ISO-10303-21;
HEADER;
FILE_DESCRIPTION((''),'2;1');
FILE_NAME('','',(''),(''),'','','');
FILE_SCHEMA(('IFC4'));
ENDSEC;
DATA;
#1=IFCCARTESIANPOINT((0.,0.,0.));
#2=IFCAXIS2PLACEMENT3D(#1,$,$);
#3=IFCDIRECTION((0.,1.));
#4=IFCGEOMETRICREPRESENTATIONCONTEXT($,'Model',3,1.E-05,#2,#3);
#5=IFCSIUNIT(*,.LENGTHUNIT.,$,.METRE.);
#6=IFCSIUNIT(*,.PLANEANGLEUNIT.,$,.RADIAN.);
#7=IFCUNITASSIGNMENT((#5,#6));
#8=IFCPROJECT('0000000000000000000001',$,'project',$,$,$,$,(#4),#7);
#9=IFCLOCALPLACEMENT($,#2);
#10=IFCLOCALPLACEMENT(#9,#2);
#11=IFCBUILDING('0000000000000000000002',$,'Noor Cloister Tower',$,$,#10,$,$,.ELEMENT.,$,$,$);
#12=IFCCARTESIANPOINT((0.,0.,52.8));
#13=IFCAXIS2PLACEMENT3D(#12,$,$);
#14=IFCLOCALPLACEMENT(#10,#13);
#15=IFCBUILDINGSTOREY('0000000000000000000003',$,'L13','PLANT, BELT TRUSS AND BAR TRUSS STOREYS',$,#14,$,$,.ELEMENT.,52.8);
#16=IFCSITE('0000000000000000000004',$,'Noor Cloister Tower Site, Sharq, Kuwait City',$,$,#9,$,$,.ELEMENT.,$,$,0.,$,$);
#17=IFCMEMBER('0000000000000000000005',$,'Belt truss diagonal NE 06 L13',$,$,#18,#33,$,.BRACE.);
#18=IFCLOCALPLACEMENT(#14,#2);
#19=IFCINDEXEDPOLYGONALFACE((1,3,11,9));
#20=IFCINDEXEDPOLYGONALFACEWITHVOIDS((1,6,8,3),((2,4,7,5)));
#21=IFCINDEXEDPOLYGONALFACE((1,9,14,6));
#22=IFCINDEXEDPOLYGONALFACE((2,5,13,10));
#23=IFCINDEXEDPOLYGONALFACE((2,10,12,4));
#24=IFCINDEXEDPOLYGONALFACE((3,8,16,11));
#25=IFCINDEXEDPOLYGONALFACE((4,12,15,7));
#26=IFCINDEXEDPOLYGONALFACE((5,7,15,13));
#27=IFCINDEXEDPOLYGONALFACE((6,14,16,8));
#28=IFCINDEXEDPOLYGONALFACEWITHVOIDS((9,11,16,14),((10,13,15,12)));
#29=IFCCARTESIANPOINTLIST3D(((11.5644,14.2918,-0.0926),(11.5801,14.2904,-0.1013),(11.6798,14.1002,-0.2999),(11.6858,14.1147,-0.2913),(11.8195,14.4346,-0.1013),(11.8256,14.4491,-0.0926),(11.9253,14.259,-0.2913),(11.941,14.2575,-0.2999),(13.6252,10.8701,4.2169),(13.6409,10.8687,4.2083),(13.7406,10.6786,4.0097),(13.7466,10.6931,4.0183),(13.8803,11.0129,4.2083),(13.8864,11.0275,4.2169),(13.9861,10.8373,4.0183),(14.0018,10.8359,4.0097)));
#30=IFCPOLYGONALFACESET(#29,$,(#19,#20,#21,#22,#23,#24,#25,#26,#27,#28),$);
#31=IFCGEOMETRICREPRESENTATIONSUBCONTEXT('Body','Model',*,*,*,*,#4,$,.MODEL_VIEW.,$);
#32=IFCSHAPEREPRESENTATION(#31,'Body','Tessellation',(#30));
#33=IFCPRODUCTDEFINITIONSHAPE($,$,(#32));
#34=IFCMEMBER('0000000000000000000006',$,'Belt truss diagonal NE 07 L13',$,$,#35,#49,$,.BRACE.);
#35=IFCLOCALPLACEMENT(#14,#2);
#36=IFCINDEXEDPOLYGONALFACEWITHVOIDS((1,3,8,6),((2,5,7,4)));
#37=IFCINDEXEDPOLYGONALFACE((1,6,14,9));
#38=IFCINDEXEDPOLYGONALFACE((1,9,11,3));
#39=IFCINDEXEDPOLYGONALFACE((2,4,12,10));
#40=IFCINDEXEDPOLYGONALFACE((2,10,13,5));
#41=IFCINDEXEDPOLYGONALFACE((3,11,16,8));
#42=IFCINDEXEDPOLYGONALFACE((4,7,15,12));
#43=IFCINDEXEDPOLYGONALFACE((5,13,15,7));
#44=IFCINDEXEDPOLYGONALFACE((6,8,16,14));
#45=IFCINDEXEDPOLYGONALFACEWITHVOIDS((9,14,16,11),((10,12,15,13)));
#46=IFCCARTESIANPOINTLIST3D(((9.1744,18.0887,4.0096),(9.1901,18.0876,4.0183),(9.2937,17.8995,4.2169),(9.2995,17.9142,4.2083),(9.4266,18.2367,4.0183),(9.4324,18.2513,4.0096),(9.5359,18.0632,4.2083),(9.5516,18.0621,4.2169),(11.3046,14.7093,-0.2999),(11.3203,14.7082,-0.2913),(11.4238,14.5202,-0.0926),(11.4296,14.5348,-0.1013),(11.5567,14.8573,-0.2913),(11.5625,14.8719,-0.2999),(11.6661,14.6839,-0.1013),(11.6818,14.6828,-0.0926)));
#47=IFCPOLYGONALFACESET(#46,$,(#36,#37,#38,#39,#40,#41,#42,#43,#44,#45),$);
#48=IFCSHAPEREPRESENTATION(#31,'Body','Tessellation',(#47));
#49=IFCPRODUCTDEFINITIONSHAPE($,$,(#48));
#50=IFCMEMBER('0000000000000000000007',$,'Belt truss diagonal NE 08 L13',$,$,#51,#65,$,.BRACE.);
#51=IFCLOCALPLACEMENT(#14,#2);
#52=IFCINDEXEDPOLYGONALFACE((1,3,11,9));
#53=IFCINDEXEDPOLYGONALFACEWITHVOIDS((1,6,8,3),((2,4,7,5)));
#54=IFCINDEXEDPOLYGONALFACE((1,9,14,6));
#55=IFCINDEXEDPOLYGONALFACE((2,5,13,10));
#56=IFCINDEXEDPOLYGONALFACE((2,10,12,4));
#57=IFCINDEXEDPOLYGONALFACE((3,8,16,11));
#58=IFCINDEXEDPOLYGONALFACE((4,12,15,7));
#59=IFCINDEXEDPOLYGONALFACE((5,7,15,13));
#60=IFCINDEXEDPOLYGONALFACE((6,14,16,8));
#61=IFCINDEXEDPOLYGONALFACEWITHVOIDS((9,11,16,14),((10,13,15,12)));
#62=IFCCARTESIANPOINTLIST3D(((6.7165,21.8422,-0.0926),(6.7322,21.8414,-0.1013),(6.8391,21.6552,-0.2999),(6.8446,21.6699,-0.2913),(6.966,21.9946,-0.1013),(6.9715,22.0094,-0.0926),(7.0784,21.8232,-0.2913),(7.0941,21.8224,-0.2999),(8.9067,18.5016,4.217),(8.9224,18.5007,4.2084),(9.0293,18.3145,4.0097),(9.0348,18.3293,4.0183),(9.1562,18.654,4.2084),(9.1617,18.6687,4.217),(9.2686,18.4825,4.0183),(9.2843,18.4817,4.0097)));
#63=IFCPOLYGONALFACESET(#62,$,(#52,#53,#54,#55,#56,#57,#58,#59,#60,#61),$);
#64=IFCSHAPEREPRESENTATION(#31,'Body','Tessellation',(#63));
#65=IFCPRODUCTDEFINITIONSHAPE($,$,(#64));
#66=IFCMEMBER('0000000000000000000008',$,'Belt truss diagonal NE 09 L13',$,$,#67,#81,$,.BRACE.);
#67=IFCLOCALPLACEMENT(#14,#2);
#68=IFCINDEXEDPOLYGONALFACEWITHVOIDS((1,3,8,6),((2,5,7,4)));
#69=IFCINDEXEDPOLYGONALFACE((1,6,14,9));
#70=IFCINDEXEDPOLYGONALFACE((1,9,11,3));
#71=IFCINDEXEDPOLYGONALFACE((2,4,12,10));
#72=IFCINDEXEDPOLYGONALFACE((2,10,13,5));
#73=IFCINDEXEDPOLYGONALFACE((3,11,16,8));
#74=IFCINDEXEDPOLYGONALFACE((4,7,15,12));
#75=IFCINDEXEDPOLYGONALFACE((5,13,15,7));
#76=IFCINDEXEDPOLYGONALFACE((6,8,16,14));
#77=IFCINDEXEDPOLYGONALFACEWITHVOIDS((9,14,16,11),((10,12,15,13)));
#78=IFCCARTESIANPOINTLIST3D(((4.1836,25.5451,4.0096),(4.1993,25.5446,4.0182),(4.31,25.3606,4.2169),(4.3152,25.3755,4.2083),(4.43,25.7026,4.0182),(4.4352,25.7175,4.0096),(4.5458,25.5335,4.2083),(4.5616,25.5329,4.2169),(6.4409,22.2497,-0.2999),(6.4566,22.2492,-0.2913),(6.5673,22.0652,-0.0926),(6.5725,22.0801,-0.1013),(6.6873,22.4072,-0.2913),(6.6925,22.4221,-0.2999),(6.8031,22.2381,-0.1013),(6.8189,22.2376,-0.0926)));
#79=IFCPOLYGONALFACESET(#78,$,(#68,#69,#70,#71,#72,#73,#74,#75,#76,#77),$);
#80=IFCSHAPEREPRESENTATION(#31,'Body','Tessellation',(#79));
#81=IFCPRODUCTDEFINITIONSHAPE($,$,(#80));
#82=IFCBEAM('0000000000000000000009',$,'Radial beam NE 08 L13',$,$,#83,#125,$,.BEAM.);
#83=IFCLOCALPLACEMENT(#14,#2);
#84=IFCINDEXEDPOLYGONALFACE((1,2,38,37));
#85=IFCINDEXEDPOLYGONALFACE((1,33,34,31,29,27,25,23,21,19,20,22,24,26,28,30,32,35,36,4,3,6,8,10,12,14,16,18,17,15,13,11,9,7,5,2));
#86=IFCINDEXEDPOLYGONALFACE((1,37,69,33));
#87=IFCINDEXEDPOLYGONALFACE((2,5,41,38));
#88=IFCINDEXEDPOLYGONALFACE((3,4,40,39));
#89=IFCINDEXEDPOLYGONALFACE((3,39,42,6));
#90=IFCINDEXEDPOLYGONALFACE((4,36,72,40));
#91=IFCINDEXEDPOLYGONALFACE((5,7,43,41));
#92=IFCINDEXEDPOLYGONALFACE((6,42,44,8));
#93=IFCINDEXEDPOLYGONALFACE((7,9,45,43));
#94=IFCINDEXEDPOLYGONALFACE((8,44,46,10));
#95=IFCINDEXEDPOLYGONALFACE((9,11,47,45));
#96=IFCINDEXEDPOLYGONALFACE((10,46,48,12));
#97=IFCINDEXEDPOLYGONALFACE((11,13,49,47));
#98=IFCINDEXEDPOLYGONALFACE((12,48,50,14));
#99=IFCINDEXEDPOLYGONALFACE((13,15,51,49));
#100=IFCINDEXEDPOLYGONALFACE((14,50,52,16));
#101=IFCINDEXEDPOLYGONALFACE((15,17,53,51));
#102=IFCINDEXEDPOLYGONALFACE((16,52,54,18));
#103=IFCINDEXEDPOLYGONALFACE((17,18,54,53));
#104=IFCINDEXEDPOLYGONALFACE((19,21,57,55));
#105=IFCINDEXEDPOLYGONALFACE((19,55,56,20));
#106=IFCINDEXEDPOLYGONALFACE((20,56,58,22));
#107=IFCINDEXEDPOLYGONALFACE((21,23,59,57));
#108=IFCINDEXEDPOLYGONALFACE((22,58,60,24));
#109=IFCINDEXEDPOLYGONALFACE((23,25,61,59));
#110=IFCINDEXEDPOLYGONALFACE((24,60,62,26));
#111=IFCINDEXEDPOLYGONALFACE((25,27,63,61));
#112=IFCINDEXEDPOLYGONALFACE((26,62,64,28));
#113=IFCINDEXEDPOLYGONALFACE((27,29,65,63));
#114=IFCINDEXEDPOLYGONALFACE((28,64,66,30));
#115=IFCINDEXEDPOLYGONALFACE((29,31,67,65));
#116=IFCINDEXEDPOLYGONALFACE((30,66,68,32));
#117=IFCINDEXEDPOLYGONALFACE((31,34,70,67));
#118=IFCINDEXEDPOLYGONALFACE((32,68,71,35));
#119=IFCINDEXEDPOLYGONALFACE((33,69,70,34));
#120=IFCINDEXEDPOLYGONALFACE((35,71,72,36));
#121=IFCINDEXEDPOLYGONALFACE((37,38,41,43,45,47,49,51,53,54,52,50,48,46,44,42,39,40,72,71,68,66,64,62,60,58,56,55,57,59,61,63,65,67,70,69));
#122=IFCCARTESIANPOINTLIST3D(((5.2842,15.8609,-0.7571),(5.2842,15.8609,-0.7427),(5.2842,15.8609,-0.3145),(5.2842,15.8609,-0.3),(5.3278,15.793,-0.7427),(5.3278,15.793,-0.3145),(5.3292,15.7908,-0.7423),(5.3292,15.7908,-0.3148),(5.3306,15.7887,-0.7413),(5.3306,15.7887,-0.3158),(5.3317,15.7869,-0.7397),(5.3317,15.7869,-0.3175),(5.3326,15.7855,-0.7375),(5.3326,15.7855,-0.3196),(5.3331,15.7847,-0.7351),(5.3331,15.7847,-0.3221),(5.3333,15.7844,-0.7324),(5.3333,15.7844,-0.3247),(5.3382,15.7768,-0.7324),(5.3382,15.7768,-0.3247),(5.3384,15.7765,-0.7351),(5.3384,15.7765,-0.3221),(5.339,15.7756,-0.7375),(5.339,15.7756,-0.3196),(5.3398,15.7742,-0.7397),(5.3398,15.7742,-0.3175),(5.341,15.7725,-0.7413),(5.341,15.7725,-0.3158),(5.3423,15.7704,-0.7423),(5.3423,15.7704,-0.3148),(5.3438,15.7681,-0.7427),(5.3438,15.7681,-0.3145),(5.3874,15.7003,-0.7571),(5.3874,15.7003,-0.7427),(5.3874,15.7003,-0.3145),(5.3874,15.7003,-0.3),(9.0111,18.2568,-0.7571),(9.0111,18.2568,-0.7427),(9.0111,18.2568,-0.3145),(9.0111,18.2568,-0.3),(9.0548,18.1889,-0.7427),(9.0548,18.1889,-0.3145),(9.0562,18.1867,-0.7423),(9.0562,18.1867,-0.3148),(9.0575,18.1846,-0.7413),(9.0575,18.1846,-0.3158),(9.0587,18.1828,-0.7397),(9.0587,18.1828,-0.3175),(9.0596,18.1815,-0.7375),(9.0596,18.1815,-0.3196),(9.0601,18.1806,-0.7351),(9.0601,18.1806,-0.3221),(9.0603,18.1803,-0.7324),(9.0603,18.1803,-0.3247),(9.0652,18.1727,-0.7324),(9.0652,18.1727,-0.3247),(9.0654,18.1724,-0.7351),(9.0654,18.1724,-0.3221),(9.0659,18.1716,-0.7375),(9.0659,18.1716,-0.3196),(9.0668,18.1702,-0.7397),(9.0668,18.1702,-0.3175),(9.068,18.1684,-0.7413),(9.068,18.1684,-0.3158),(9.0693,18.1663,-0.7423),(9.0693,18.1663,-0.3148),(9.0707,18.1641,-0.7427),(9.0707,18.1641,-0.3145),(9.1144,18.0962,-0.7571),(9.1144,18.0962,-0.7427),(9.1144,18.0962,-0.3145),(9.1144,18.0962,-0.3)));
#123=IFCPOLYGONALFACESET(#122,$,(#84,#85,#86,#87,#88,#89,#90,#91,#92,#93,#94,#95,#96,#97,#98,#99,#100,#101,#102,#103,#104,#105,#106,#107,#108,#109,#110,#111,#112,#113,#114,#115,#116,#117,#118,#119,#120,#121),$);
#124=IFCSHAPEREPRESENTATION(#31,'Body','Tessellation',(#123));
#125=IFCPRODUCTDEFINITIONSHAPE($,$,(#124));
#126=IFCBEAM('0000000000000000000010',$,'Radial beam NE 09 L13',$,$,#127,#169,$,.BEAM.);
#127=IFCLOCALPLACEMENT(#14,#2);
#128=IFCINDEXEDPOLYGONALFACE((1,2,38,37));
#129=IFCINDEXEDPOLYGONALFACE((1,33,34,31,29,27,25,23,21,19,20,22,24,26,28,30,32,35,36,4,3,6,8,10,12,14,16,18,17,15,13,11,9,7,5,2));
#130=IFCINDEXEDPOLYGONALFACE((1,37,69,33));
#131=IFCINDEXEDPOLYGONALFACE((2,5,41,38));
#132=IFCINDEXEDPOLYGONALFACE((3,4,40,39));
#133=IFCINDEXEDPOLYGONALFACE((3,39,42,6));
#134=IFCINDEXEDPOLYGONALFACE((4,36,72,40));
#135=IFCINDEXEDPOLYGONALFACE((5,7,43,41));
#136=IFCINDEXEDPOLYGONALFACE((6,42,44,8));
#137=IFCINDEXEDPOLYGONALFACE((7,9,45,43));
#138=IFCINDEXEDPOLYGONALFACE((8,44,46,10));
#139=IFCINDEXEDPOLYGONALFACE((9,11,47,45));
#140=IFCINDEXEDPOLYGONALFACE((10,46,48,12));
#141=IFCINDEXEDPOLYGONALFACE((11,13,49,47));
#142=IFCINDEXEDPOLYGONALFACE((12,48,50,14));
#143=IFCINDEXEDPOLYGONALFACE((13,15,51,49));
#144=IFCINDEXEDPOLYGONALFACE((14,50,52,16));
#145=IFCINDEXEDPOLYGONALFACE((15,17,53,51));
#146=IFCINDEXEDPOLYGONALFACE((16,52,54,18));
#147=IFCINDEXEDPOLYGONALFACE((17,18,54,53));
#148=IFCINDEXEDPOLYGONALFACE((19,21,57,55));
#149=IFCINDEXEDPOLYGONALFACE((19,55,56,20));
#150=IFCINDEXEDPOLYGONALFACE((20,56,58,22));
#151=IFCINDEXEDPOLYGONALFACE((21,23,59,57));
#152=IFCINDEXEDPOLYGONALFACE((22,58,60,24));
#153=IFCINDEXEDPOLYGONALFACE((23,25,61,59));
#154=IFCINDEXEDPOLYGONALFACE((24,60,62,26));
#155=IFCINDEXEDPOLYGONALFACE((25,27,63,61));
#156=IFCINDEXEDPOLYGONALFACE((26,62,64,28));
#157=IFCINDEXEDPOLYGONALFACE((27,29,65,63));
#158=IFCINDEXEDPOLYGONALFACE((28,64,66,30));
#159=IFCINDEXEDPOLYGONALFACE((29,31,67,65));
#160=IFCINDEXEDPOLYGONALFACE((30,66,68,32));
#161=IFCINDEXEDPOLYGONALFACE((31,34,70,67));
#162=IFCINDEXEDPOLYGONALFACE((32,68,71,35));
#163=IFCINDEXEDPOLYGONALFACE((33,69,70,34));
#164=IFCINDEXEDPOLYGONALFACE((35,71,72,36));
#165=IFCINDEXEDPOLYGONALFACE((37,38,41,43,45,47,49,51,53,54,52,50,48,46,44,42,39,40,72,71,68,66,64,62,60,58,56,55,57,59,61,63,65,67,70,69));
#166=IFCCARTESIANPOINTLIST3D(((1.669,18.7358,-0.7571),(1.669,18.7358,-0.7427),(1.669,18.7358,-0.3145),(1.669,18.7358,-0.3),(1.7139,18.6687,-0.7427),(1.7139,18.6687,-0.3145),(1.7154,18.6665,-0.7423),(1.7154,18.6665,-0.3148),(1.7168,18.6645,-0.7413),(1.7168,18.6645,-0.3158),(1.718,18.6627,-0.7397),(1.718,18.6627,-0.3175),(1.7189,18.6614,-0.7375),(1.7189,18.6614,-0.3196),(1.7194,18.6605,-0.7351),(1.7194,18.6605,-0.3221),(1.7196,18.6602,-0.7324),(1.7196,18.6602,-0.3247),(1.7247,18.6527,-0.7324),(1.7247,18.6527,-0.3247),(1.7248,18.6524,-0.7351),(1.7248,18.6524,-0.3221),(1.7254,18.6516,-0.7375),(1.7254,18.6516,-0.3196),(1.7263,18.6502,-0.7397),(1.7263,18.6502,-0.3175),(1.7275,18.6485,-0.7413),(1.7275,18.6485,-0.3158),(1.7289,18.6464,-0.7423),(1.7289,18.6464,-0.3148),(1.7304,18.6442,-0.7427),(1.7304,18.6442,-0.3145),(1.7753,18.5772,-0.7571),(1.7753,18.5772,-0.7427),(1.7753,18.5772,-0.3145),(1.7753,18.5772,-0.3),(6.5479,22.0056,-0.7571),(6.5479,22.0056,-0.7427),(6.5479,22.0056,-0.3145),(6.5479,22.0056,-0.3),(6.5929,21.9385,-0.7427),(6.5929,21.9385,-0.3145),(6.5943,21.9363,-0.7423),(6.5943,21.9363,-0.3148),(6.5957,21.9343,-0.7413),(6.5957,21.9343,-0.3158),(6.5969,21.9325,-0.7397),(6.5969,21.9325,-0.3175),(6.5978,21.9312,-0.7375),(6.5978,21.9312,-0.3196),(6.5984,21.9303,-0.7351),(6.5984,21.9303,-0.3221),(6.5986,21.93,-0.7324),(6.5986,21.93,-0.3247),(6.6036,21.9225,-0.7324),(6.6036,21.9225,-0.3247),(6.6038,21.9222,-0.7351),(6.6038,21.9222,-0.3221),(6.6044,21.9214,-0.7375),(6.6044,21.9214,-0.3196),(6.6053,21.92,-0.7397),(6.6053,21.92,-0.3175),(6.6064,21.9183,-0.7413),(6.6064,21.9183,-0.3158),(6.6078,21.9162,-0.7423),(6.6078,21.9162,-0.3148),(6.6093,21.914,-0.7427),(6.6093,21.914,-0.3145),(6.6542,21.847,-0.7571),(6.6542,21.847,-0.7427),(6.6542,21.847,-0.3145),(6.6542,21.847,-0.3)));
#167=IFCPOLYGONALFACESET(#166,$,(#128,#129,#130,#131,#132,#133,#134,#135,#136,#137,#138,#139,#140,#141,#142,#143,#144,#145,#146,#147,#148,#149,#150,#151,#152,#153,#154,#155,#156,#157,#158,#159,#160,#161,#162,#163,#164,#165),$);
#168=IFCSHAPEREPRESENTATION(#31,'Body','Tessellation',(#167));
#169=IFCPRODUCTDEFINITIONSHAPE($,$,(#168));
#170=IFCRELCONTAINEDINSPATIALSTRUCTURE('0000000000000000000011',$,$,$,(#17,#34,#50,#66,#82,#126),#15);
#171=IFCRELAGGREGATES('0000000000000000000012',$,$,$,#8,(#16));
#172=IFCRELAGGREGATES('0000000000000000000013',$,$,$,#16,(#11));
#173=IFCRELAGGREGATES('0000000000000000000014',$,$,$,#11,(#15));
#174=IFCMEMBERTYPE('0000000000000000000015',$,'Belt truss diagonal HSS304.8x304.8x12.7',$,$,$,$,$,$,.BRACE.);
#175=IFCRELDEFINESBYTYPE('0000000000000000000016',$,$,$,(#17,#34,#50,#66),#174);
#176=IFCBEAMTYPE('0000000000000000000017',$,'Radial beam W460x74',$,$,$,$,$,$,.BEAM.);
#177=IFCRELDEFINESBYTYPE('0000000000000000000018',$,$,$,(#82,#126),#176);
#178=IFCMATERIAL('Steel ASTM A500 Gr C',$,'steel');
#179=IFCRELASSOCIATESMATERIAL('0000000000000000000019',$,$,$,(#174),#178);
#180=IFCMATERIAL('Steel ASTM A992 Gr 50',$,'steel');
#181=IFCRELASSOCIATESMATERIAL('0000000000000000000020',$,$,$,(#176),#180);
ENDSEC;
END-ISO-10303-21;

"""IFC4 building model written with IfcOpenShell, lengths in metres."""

from ifc_helpers import new_model, si_unit, direction, frame, origin, origin_2d, place, context, subcontext, project, spatial, hollow_rectangle, i_section, extrude, material, material_profile, profile_set, type_object, element, save


model = new_model("IFC4")

# Units and contexts
model_context = context("Model", 3, precision=1e-05, world=origin(), true_north=direction((0.0, 1.0)))
body_context = subcontext(model_context, "Body", "Model", "MODEL_VIEW")
ifc_project = project(units=[si_unit("LENGTHUNIT", "METRE"), si_unit("PLANEANGLEUNIT", "RADIAN")], contexts=[model_context])

# Site, building, storey
site_placement = place(None, origin())
site = spatial("IfcSite", under=ifc_project, at=site_placement, Name="Noor Cloister Tower Site, Sharq, Kuwait City", CompositionType="ELEMENT", RefElevation=0.0)
building_placement = place(site_placement, origin())
building = spatial("IfcBuilding", under=site, at=building_placement, Name="Noor Cloister Tower", CompositionType="ELEMENT")
storey_placement = place(building_placement, frame((0.0, 0.0, 52.8)))
storey = spatial("IfcBuildingStorey", under=building, at=storey_placement, Name="L13", Description="PLANT, BELT TRUSS AND BAR TRUSS STOREYS", CompositionType="ELEMENT", Elevation=52.8)

# Members
ifc_material_1 = material(Name="Steel ASTM A500 Gr C", Category="steel")
ifc_material_profile_1 = material_profile(ifc_material_1, hollow_rectangle(XDim=0.3049, YDim=0.3049, WallThickness=0.0127, at=origin_2d()), Name="HSS304.8x304.8x12.7")
ifc_profile_set_1 = profile_set([ifc_material_profile_1], Name="Steel ASTM A500 Gr C")
member_type = type_object("IfcMemberType", Name="Belt truss diagonal HSS304.8x304.8x12.7", PredefinedType="BRACE", material=ifc_profile_set_1)
member_1_placement = place(storey_placement, frame((11.7527, 14.2747, -0.1963), z_axis=(0.350716, -0.582311, 0.733425), x_axis=(0.856629, 0.515933, 0.0)))
element("IfcMember", 1, at=member_1_placement, inside=storey, type_object=member_type, Name="Belt truss diagonal NE 06 L13", PredefinedType="BRACE", context=body_context, shape_type="SweptSolid", body=[
    extrude(hollow_rectangle(XDim=0.3049, YDim=0.3049, WallThickness=0.0127, at=origin_2d()), origin(), (0.0, 0.0, 1.0), 5.876),
])
for number, where, z_axis, x_axis, name in (
    (2, (11.4932, 14.696, -0.1963), (-0.362499, 0.575095, 0.73339), (-0.845966, -0.533236, 0.0), "Belt truss diagonal NE 07 L13"),
    (3, (6.9053, 21.8323, -0.1963), (0.372727, -0.568501, 0.733404), (0.836285, 0.548295, 0.0), "Belt truss diagonal NE 08 L13"),
):
    element("IfcMember", number, at=place(storey_placement, frame(where, z_axis=z_axis, x_axis=x_axis)), inside=storey, type_object=member_type, Name=name, PredefinedType="BRACE", context=body_context, shape_type="SweptSolid", body=[
        extrude(hollow_rectangle(XDim=0.3049, YDim=0.3049, WallThickness=0.0127, at=origin_2d()), origin(), (0.0, 0.0, 1.0), 5.8762),
    ])
member_2_placement = place(storey_placement, frame((6.6299, 22.2437, -0.1963), z_axis=(-0.384159, 0.560823, 0.733416), x_axis=(-0.825007, -0.565122, 0.0)))
element("IfcMember", 4, at=member_2_placement, inside=storey, type_object=member_type, Name="Belt truss diagonal NE 09 L13", PredefinedType="BRACE", context=body_context, shape_type="SweptSolid", body=[
    extrude(hollow_rectangle(XDim=0.3049, YDim=0.3049, WallThickness=0.0127, at=origin_2d()), origin(), (0.0, 0.0, 1.0), 5.876),
])

# Beams
ifc_material_2 = material(Name="Steel ASTM A992 Gr 50", Category="steel")
ifc_material_profile_2 = material_profile(ifc_material_2, i_section(OverallWidth=0.1909, OverallDepth=0.457, WebThickness=0.009, FlangeThickness=0.0144, FilletRadius=0.0103, at=origin_2d()), Name="W460x74")
ifc_profile_set_2 = profile_set([ifc_material_profile_2], Name="Steel ASTM A992 Gr 50")
beam_type_1 = type_object("IfcBeamType", Name="Radial beam W460x74", PredefinedType="BEAM", material=ifc_profile_set_2)
beam_1_placement = place(storey_placement, frame((9.0627, 18.1765, -0.5286), z_axis=(-0.841175, -0.540763, 0.0), x_axis=(0.540763, -0.841175, 0.0)))
element("IfcBeam", 5, at=beam_1_placement, inside=storey, type_object=beam_type_1, Name="Radial beam NE 08 L13", PredefinedType="BEAM", context=body_context, shape_type="SweptSolid", body=[
    extrude(i_section(OverallWidth=0.1909, OverallDepth=0.457, WebThickness=0.009, FlangeThickness=0.0144, FilletRadius=0.0103, at=origin_2d()), origin(), (0.0, 0.0, 1.0), 4.4307),
])
beam_2_placement = place(storey_placement, frame((6.6011, 21.9263, -0.5286), z_axis=(-0.830698, -0.556723, 0.0), x_axis=(0.556723, -0.830698, 0.0)))
element("IfcBeam", 6, at=beam_2_placement, inside=storey, type_object=beam_type_1, Name="Radial beam NE 09 L13", PredefinedType="BEAM", context=body_context, shape_type="SweptSolid", body=[
    extrude(i_section(OverallWidth=0.1909, OverallDepth=0.457, WebThickness=0.009, FlangeThickness=0.0144, FilletRadius=0.0103, at=origin_2d()), origin(), (0.0, 0.0, 1.0), 5.8733),
])

save(model, "model.ifc")
